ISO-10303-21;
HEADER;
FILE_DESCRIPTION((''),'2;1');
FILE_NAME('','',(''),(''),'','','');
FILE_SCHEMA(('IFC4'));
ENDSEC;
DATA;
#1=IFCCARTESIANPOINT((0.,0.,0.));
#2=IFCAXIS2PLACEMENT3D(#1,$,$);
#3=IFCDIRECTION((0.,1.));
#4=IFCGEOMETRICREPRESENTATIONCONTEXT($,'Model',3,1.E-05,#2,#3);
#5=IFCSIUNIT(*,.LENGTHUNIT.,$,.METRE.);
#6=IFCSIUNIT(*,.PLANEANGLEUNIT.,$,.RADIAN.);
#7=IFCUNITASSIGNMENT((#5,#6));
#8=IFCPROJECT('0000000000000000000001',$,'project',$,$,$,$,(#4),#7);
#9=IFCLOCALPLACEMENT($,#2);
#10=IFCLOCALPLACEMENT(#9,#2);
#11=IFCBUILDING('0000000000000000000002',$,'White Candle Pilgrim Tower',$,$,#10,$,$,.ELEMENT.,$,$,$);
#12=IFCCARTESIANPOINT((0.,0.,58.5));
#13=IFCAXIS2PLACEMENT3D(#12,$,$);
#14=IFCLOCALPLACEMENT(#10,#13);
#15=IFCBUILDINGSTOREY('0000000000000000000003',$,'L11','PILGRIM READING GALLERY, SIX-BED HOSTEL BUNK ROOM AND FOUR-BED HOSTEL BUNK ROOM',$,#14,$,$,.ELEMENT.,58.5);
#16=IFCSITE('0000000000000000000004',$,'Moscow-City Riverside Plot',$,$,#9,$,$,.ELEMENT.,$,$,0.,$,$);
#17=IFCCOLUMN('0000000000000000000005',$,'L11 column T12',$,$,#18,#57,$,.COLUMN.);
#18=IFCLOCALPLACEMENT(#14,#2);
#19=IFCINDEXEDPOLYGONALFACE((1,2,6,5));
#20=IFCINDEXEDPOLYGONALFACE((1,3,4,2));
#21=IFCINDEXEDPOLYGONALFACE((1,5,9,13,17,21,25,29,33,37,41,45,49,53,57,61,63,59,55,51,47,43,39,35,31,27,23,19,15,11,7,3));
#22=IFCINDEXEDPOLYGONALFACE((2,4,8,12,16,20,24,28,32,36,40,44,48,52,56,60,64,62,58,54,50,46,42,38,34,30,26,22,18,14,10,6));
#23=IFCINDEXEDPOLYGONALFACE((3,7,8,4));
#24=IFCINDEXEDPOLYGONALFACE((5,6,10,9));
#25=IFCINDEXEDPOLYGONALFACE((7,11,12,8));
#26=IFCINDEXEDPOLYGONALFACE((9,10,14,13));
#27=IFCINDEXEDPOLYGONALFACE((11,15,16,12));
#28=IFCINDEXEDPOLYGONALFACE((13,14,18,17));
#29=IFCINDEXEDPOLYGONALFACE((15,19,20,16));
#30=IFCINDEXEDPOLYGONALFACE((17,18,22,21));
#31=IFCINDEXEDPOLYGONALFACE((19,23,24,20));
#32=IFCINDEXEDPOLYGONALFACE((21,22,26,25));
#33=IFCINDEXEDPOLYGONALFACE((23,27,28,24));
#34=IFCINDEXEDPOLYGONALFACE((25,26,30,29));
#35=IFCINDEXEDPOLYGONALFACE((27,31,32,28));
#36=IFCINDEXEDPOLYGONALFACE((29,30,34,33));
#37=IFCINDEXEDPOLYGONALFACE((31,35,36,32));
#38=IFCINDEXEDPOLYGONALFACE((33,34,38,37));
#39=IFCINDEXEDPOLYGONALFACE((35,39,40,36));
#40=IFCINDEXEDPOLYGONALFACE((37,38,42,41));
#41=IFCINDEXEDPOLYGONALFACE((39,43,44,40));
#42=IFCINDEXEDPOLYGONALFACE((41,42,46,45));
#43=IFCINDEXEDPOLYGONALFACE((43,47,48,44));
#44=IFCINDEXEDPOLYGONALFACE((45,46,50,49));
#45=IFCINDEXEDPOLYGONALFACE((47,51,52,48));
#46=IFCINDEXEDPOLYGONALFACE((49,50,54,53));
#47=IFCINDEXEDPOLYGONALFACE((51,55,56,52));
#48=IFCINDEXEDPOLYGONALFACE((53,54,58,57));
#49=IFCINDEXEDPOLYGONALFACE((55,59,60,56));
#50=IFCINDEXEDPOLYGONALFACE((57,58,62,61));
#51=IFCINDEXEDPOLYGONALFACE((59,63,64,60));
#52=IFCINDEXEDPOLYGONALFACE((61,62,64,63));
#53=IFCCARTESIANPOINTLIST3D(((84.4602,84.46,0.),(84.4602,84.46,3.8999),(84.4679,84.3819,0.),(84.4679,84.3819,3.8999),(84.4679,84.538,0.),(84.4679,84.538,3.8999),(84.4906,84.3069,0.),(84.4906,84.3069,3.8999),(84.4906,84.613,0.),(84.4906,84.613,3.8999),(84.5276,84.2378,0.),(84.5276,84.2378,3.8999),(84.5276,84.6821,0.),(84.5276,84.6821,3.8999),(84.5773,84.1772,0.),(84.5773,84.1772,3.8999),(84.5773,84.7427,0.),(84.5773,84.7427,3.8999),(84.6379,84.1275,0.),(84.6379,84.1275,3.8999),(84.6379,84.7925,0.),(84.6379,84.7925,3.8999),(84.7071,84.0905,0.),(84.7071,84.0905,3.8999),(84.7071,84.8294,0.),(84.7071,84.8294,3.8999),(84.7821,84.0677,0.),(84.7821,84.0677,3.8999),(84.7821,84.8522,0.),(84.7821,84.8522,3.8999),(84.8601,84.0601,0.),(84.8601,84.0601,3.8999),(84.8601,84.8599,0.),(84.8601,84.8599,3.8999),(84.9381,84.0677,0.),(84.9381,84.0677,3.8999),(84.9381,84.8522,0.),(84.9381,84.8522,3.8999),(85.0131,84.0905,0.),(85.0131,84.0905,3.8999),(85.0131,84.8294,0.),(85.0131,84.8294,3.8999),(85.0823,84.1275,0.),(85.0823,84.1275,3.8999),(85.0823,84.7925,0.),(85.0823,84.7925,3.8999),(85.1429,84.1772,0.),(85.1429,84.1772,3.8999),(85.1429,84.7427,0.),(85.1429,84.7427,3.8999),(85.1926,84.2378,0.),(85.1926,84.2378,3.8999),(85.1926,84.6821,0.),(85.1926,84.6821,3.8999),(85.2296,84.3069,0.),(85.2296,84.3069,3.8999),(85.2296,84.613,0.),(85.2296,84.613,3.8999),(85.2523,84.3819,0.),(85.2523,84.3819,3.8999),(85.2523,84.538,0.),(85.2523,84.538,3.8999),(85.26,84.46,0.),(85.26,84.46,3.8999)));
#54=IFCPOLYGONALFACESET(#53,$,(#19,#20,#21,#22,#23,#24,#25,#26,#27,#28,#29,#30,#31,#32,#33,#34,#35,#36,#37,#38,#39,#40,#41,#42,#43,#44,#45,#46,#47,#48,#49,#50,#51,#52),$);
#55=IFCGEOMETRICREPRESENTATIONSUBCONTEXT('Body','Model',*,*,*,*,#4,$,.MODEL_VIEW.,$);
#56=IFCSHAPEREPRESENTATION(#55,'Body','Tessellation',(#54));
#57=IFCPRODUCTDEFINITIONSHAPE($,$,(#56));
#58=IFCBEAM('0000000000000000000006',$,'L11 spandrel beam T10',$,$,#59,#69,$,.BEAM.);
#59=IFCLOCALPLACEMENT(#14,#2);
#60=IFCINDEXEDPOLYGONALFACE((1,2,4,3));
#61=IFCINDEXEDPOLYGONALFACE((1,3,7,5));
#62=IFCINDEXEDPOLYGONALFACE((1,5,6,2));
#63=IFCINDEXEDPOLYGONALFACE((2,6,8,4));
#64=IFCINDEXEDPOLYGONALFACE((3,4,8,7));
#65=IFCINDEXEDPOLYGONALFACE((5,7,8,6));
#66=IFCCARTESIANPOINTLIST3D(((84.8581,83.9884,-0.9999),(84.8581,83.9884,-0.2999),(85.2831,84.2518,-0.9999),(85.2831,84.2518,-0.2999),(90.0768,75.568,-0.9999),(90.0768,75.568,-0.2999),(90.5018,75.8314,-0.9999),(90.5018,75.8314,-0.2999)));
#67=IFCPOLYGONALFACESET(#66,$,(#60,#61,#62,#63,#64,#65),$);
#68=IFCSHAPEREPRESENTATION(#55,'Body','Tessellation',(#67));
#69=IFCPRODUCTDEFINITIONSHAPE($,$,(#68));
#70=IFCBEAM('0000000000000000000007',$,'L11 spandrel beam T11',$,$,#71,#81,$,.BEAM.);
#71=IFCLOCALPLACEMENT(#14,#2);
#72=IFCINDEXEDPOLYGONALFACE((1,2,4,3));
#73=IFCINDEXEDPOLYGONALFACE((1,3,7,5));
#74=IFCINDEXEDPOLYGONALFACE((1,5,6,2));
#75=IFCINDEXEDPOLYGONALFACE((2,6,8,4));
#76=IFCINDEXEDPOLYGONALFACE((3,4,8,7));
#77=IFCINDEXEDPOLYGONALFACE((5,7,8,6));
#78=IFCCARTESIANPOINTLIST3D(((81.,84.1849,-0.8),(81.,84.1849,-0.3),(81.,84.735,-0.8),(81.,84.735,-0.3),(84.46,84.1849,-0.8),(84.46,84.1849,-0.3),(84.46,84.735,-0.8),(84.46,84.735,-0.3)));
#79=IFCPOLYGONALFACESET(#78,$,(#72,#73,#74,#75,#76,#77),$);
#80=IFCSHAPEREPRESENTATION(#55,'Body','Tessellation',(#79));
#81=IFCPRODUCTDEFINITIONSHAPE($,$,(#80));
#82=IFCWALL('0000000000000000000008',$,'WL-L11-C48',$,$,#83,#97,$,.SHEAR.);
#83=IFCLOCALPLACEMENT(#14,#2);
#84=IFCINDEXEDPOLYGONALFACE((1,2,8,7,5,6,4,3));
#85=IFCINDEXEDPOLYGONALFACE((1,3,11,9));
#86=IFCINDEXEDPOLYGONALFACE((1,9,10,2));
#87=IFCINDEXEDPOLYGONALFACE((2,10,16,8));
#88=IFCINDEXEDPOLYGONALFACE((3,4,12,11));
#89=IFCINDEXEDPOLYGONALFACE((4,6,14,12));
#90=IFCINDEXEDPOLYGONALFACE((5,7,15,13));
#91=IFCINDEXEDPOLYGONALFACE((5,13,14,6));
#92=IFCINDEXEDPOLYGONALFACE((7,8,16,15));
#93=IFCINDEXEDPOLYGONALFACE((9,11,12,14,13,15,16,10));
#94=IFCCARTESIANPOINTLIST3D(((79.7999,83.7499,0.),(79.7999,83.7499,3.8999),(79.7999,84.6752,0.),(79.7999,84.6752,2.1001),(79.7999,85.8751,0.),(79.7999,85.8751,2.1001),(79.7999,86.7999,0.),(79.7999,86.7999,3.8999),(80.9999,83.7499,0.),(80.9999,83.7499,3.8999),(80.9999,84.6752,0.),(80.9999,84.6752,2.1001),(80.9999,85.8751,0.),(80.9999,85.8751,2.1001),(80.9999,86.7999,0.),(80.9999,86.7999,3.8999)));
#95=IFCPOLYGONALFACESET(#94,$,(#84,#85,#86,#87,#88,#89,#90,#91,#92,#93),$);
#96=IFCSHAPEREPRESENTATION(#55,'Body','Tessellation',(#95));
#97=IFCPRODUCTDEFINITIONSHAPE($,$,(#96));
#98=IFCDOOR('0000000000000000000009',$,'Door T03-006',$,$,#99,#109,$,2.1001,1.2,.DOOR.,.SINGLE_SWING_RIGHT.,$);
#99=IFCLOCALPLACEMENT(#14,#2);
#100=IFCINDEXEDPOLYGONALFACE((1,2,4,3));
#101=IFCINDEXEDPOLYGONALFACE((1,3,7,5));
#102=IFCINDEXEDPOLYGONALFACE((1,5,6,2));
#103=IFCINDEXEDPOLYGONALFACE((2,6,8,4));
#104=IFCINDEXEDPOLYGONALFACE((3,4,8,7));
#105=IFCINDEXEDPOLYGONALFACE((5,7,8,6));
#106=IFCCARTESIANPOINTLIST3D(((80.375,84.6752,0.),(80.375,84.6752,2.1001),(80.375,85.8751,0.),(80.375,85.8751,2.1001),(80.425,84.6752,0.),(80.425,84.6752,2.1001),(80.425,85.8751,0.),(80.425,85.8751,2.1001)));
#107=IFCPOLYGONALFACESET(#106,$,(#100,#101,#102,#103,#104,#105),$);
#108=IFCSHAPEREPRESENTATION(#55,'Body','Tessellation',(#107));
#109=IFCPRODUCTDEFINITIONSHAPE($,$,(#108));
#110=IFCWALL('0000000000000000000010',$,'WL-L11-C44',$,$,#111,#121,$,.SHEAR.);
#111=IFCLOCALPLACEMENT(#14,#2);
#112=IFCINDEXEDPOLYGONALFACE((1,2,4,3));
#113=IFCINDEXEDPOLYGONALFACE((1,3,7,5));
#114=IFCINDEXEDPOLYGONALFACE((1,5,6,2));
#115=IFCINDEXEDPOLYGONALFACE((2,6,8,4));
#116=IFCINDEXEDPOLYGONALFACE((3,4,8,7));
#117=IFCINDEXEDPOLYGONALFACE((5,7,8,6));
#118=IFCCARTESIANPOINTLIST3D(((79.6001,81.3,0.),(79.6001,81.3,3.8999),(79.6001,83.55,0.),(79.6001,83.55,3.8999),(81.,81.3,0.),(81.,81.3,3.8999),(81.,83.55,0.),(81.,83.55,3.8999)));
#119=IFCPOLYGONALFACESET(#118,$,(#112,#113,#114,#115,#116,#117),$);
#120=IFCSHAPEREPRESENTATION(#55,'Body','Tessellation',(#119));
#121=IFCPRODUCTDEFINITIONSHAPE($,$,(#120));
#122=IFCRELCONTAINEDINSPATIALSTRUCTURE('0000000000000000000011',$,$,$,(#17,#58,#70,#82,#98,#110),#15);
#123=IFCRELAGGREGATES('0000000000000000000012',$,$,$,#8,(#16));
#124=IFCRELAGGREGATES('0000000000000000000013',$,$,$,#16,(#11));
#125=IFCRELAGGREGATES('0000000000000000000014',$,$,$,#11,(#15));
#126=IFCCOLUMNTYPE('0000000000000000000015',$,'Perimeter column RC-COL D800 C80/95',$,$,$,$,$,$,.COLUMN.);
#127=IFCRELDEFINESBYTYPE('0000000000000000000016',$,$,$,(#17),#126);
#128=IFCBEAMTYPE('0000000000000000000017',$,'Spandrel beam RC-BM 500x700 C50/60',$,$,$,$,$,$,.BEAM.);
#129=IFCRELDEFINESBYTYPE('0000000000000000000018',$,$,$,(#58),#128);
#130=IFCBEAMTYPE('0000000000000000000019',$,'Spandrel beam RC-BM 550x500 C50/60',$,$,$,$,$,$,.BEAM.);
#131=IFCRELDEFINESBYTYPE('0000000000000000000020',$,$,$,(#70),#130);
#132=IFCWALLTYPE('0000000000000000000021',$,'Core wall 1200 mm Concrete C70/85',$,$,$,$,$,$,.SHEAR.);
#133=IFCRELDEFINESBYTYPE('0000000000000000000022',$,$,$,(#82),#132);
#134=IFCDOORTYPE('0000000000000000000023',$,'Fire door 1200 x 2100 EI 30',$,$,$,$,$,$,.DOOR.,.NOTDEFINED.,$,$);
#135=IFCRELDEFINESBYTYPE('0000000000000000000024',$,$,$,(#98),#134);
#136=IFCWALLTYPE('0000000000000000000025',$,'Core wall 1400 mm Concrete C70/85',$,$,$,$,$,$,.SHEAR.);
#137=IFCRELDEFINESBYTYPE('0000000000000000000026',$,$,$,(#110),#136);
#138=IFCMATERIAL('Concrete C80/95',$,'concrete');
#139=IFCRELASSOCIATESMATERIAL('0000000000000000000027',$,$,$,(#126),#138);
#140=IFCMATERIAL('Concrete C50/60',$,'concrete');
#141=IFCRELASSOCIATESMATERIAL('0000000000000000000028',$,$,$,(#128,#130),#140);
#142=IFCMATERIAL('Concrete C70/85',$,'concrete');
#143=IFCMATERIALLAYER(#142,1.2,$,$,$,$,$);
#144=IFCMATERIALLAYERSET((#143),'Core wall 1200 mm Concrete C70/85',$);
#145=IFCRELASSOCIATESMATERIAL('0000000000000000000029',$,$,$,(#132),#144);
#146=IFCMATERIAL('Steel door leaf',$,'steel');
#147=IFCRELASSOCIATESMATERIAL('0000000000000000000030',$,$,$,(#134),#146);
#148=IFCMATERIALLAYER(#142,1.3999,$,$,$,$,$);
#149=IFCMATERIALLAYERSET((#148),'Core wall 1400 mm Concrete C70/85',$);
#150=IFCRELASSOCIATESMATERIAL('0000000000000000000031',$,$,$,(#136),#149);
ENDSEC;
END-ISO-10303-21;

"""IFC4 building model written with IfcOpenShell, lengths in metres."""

from ifc_helpers import new_model, si_unit, direction, frame, frame_2d, origin, origin_2d, place, context, subcontext, project, spatial, rectangle, circle, extrude, material, layer, layer_set, material_profile, profile_set, type_object, element, fill, save


model = new_model("IFC4")

# Units and contexts
model_context = context("Model", 3, precision=1e-05, world=origin(), true_north=direction((0.0, 1.0)))
body_context = subcontext(model_context, "Body", "Model", "MODEL_VIEW")
ifc_project = project(units=[si_unit("LENGTHUNIT", "METRE"), si_unit("PLANEANGLEUNIT", "RADIAN")], contexts=[model_context])

# Site, building, storey
site_placement = place(None, origin())
site = spatial("IfcSite", under=ifc_project, at=site_placement, Name="Moscow-City Riverside Plot", CompositionType="ELEMENT", RefElevation=0.0)
building_placement = place(site_placement, origin())
building = spatial("IfcBuilding", under=site, at=building_placement, Name="White Candle Pilgrim Tower", CompositionType="ELEMENT")
storey_placement = place(building_placement, frame((0.0, 0.0, 58.5)))
storey = spatial("IfcBuildingStorey", under=building, at=storey_placement, Name="L11", Description="PILGRIM READING GALLERY, SIX-BED HOSTEL BUNK ROOM AND FOUR-BED HOSTEL BUNK ROOM", CompositionType="ELEMENT", Elevation=58.5)

# Column
ifc_material_1 = material(Name="Concrete C80/95", Category="concrete")
ifc_material_profile_1 = material_profile(ifc_material_1, circle(Radius=0.3999, at=origin_2d()), Name="RC-COL D800")
ifc_profile_set_1 = profile_set([ifc_material_profile_1], Name="Concrete C80/95")
column_type = type_object("IfcColumnType", Name="Perimeter column RC-COL D800 C80/95", PredefinedType="COLUMN", material=ifc_profile_set_1)
column_placement = place(storey_placement, frame((84.8601, 84.46, 0.0), z_axis=(0.0, 0.0, 1.0), x_axis=(1.0, 0.0, 0.0)))
element("IfcColumn", 1, at=column_placement, inside=storey, type_object=column_type, Name="L11 column T12", PredefinedType="COLUMN", context=body_context, shape_type="SweptSolid", body=[
    extrude(circle(Radius=0.3999, at=origin_2d()), origin(), (0.0, 0.0, 1.0), 3.8999),
])

# Beams
ifc_material_2 = material(Name="Concrete C50/60", Category="concrete")
ifc_material_profile_2 = material_profile(ifc_material_2, rectangle(XDim=0.5, YDim=0.7, at=origin_2d()), Name="RC-BM 500x700")
ifc_profile_set_2 = profile_set([ifc_material_profile_2], Name="Concrete C50/60")
beam_type_1 = type_object("IfcBeamType", Name="Spandrel beam RC-BM 500x700 C50/60", PredefinedType="BEAM", material=ifc_profile_set_2)
beam_1_placement = place(storey_placement, frame((90.2893, 75.6997, -0.6499), z_axis=(-0.526801, 0.849989, 0.0), x_axis=(-0.849989, -0.526801, 0.0)))
element("IfcBeam", 2, at=beam_1_placement, inside=storey, type_object=beam_type_1, Name="L11 spandrel beam T10", PredefinedType="BEAM", context=body_context, shape_type="SweptSolid", body=[
    extrude(rectangle(XDim=0.5, YDim=0.7, at=origin_2d()), origin(), (0.0, 0.0, 1.0), 9.9065),
])
ifc_material_profile_3 = material_profile(ifc_material_2, rectangle(XDim=0.55, YDim=0.5, at=origin_2d()), Name="RC-BM 550x500")
ifc_profile_set_3 = profile_set([ifc_material_profile_3], Name="Concrete C50/60")
beam_type_2 = type_object("IfcBeamType", Name="Spandrel beam RC-BM 550x500 C50/60", PredefinedType="BEAM", material=ifc_profile_set_3)
beam_2_placement = place(storey_placement, frame((84.46, 84.46, -0.55), z_axis=(-1.0, 0.0, 0.0), x_axis=(0.0, -1.0, 0.0)))
element("IfcBeam", 3, at=beam_2_placement, inside=storey, type_object=beam_type_2, Name="L11 spandrel beam T11", PredefinedType="BEAM", context=body_context, shape_type="SweptSolid", body=[
    extrude(rectangle(XDim=0.55, YDim=0.5, at=origin_2d()), origin(), (0.0, 0.0, 1.0), 3.46),
])

# Wall, opening, door
ifc_material_3 = material(Name="Concrete C70/85", Category="concrete")
ifc_layer_1 = layer(ifc_material_3, 1.2)
ifc_layer_set_1 = layer_set([ifc_layer_1], Name="Core wall 1200 mm Concrete C70/85")
wall_type_1 = type_object("IfcWallType", Name="Core wall 1200 mm Concrete C70/85", PredefinedType="SHEAR", material=ifc_layer_set_1)
wall_1_placement = place(storey_placement, frame((80.3999, 83.75, 0.0), z_axis=(0.0, 0.0, 1.0), x_axis=(0.0, 1.0, 0.0)))
wall_1 = element("IfcWall", 4, at=wall_1_placement, inside=storey, type_object=wall_type_1, Name="WL-L11-C48", PredefinedType="SHEAR", context=body_context, shape_type="SweptSolid", body=[
    extrude(rectangle(XDim=3.05, YDim=1.2, at=frame_2d((1.5249, 0.0))), origin(), (0.0, 0.0, 1.0), 3.8999),
])
opening_1_placement = place(wall_1_placement, frame((0.925, 0.0, 0.0)))
opening_1 = element("IfcOpeningElement", 5, at=opening_1_placement, cuts=wall_1, PredefinedType="OPENING", context=body_context, shape_type="SweptSolid", body=[
    extrude(rectangle(XDim=1.2, YDim=2.1001, at=frame_2d((0.6001, 1.05))), frame((0.0, 0.6099, 0.0), z_axis=(0.0, -1.0, 0.0), x_axis=(1.0, 0.0, 0.0)), (0.0, 0.0, 1.0), 1.22),
])
ifc_material_4 = material(Name="Steel door leaf", Category="steel")
door_type_1 = type_object("IfcDoorType", Name="Fire door 1200 x 2100 EI 30", OperationType="NOTDEFINED", PredefinedType="DOOR", material=ifc_material_4)
door_1_placement = place(opening_1_placement, origin())
door_1 = element("IfcDoor", 6, at=door_1_placement, inside=storey, type_object=door_type_1, Name="Door T03-006", OperationType="SINGLE_SWING_RIGHT", OverallHeight=2.1001, OverallWidth=1.2, PredefinedType="DOOR", context=body_context, shape_type="SweptSolid", body=[
    extrude(rectangle(XDim=1.2, YDim=2.1001, at=frame_2d((0.6001, 1.05))), frame((0.0, 0.0249, 0.0), z_axis=(0.0, -1.0, 0.0), x_axis=(1.0, 0.0, 0.0)), (0.0, 0.0, 1.0), 0.05),
])
fill(opening_1, door_1)

# Wall
ifc_layer_2 = layer(ifc_material_3, 1.3999)
ifc_layer_set_2 = layer_set([ifc_layer_2], Name="Core wall 1400 mm Concrete C70/85")
wall_type_2 = type_object("IfcWallType", Name="Core wall 1400 mm Concrete C70/85", PredefinedType="SHEAR", material=ifc_layer_set_2)
wall_2_placement = place(storey_placement, frame((80.3, 81.3, 0.0), z_axis=(0.0, 0.0, 1.0), x_axis=(0.0, 1.0, 0.0)))
element("IfcWall", 7, at=wall_2_placement, inside=storey, type_object=wall_type_2, Name="WL-L11-C44", PredefinedType="SHEAR", context=body_context, shape_type="SweptSolid", body=[
    extrude(rectangle(XDim=2.25, YDim=1.3999, at=frame_2d((1.125, 0.0))), origin(), (0.0, 0.0, 1.0), 3.8999),
])

save(model, "model.ifc")
